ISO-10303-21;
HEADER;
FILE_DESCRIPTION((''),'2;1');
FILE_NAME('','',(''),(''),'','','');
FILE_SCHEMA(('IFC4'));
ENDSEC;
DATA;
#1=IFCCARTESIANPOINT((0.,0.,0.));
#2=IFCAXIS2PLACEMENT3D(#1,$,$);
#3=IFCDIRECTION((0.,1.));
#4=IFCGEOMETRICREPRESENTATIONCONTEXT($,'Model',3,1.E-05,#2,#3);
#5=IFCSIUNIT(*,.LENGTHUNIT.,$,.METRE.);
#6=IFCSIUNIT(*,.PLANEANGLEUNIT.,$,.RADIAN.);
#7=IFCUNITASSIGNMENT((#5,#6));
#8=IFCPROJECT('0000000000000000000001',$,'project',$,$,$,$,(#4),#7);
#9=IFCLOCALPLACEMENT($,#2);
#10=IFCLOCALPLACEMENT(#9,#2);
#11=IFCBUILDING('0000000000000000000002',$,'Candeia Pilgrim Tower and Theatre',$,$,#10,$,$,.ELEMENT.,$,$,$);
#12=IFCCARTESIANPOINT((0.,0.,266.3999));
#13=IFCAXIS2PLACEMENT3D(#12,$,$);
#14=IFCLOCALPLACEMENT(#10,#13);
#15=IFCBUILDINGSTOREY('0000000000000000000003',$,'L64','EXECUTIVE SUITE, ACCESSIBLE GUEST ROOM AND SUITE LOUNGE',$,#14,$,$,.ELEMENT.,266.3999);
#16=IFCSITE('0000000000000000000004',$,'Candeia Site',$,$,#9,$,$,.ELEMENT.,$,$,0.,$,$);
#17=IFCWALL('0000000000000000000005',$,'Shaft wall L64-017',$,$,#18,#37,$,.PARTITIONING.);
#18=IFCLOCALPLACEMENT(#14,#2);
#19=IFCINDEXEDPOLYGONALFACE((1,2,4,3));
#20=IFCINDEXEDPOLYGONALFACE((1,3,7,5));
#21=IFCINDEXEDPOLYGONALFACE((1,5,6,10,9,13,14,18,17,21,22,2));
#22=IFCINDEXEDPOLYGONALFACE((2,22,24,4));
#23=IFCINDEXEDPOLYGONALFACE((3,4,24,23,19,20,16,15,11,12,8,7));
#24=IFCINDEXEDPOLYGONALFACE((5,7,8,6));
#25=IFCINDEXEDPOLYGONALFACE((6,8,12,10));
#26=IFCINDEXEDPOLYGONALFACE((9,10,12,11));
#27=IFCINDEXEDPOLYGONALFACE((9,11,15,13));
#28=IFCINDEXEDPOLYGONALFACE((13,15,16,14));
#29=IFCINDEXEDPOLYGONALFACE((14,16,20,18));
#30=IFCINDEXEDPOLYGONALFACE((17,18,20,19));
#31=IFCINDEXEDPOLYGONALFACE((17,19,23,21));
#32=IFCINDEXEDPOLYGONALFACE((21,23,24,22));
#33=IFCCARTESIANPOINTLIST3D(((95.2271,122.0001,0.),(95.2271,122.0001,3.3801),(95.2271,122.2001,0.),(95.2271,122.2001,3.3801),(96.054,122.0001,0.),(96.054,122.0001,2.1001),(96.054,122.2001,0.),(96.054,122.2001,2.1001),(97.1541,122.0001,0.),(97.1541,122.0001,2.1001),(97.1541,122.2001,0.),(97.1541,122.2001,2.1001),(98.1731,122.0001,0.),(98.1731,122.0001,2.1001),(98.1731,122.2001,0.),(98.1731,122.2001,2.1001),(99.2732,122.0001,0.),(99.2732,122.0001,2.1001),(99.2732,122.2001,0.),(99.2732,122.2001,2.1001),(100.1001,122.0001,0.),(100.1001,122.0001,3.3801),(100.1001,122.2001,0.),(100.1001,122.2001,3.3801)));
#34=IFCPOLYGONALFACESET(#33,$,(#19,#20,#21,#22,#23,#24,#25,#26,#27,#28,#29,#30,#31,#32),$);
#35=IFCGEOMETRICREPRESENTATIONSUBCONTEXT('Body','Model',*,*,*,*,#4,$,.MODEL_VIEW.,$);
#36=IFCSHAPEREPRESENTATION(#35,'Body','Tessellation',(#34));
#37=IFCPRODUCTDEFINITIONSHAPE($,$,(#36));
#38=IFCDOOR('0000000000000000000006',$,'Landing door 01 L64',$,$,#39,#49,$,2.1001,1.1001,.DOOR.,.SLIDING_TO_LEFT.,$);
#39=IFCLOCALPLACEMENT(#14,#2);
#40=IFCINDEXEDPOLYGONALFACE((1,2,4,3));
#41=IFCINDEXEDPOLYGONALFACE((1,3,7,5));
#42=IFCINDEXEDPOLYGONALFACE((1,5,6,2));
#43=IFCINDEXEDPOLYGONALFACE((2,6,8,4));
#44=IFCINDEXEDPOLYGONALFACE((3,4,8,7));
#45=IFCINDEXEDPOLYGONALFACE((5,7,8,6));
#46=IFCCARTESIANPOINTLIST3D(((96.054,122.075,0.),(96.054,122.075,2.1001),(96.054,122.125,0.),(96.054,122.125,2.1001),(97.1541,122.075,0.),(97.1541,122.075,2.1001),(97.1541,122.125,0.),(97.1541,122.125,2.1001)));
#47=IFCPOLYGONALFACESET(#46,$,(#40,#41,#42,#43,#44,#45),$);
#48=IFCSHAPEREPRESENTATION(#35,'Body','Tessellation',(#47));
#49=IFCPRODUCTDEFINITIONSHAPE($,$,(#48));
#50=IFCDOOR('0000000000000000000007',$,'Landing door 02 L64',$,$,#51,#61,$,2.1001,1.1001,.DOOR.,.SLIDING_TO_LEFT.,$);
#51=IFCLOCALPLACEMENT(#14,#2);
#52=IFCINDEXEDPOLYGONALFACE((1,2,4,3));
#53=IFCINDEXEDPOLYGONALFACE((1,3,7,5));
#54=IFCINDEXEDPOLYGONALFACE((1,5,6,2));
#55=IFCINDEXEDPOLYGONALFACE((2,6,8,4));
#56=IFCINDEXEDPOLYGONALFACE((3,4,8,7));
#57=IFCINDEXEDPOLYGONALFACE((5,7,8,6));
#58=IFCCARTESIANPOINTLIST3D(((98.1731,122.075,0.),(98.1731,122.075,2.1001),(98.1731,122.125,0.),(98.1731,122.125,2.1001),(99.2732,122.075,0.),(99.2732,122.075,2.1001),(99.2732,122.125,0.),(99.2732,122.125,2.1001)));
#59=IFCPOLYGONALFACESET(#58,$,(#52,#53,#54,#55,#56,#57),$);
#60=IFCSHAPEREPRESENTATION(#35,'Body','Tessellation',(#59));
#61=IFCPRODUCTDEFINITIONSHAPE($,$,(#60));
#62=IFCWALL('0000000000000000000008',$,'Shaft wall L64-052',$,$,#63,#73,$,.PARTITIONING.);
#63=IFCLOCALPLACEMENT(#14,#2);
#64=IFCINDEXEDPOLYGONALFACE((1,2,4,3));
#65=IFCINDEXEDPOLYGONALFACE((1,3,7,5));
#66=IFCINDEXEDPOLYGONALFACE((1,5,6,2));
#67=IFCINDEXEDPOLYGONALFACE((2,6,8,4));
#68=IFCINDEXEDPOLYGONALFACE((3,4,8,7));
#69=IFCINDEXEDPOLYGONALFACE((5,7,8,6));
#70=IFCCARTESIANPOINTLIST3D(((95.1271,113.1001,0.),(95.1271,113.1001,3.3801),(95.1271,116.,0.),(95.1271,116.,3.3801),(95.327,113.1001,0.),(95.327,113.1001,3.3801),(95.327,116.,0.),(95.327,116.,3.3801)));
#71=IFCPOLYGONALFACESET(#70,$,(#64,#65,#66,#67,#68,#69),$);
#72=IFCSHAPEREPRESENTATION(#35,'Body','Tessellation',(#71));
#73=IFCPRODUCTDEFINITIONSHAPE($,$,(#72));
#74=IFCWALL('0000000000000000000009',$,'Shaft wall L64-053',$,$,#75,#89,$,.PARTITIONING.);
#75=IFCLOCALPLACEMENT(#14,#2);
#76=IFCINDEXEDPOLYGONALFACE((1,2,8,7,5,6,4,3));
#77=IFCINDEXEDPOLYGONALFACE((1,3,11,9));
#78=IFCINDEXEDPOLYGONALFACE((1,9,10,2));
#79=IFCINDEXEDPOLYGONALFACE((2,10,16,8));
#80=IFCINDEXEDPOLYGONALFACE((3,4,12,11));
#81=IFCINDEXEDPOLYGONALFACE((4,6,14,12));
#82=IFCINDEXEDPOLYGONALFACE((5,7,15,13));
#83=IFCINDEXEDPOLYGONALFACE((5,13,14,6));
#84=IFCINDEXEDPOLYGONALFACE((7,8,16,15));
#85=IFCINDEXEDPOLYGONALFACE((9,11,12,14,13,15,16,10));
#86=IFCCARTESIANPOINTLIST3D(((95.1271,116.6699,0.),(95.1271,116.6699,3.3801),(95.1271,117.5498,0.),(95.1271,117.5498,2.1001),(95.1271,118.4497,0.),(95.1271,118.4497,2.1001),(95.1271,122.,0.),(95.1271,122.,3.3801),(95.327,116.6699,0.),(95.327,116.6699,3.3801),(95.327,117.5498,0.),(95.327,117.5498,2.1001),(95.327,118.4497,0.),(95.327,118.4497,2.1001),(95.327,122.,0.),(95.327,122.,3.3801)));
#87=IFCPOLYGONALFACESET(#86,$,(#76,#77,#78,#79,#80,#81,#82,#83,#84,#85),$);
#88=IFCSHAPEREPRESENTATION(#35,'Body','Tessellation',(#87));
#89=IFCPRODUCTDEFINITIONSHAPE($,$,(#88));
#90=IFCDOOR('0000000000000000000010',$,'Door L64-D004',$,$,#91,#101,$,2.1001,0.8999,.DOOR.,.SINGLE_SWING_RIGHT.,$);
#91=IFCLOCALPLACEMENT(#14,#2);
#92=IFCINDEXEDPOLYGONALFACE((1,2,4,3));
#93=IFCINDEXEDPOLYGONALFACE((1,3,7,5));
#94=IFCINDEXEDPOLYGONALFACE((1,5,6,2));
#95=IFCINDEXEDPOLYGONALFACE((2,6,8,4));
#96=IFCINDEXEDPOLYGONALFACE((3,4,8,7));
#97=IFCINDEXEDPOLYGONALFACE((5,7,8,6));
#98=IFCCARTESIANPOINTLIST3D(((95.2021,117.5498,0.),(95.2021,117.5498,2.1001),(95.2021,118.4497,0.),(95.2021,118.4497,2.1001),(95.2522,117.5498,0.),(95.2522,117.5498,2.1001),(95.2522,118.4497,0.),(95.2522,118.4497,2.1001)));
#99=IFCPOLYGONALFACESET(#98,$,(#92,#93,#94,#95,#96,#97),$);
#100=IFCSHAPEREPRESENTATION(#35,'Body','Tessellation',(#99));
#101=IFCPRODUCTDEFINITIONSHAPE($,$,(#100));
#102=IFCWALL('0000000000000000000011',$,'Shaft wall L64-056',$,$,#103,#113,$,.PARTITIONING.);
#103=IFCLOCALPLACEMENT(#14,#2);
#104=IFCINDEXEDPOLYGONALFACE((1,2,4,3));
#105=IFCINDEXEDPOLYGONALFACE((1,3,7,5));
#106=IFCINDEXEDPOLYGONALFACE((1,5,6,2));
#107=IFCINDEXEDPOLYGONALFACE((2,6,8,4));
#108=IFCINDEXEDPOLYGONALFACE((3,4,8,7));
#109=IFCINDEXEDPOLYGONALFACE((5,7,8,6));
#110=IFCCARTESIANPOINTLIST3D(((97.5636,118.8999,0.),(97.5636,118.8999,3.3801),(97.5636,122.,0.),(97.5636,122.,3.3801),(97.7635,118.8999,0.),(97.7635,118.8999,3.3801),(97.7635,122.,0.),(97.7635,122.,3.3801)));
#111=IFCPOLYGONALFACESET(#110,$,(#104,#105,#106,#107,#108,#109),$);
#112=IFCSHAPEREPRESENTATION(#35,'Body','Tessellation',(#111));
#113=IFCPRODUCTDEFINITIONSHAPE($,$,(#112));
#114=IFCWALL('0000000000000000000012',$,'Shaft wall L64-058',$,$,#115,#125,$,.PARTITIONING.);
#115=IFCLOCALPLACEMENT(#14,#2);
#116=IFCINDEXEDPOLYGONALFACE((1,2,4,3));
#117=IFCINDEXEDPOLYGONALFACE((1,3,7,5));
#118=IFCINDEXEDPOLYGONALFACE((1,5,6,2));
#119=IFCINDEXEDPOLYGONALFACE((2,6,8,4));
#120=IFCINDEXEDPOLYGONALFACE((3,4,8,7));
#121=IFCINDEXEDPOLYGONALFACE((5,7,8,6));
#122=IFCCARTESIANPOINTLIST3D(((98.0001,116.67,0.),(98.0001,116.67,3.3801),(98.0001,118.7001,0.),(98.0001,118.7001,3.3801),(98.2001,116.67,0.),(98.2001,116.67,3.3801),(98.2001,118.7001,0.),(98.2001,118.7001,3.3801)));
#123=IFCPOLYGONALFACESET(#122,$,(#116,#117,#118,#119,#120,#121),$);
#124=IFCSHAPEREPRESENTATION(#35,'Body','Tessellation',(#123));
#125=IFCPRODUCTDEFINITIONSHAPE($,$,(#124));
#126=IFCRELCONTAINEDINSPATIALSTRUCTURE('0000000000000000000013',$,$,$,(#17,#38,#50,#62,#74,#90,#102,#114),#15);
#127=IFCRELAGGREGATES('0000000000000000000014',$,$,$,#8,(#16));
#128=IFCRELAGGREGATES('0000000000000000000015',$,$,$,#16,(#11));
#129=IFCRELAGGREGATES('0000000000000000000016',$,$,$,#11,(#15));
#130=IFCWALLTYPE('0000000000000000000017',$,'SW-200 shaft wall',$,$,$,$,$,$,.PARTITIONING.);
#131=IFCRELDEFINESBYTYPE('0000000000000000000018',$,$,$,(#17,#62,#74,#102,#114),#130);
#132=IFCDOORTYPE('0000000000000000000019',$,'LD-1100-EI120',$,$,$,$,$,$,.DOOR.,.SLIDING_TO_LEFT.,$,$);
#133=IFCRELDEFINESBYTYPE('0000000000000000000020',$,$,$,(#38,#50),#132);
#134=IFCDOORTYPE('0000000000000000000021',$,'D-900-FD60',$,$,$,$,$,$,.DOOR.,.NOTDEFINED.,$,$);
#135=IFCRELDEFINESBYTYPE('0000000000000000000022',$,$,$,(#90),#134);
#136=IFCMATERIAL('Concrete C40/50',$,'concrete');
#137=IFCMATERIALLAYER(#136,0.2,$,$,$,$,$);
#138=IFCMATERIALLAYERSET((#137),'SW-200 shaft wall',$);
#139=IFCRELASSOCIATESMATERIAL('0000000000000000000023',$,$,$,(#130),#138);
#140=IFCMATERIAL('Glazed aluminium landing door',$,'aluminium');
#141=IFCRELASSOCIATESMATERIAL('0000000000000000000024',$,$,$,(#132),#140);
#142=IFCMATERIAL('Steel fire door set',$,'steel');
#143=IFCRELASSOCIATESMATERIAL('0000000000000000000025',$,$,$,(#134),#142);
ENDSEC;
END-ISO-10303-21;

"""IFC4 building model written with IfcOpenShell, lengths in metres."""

from ifc_helpers import new_model, si_unit, direction, frame, frame_2d, origin, place, context, subcontext, project, spatial, rectangle, extrude, material, layer, layer_set, type_object, element, fill, save


model = new_model("IFC4")

# Units and contexts
model_context = context("Model", 3, precision=1e-05, world=origin(), true_north=direction((0.0, 1.0)))
body_context = subcontext(model_context, "Body", "Model", "MODEL_VIEW")
ifc_project = project(units=[si_unit("LENGTHUNIT", "METRE"), si_unit("PLANEANGLEUNIT", "RADIAN")], contexts=[model_context])

# Site, building, storey
site_placement = place(None, origin())
site = spatial("IfcSite", under=ifc_project, at=site_placement, Name="Candeia Site", CompositionType="ELEMENT", RefElevation=0.0)
building_placement = place(site_placement, origin())
building = spatial("IfcBuilding", under=site, at=building_placement, Name="Candeia Pilgrim Tower and Theatre", CompositionType="ELEMENT")
storey_placement = place(building_placement, frame((0.0, 0.0, 266.3999)))
storey = spatial("IfcBuildingStorey", under=building, at=storey_placement, Name="L64", Description="EXECUTIVE SUITE, ACCESSIBLE GUEST ROOM AND SUITE LOUNGE", CompositionType="ELEMENT", Elevation=266.3999)

# Shared definitions
ifc_material_1 = material(Name="Concrete C40/50", Category="concrete")

# Shared definitions
ifc_material_2 = material(Name="Steel fire door set", Category="steel")

# Shared definitions
ifc_layer_1 = layer(ifc_material_1, 0.2)
ifc_layer_set_1 = layer_set([ifc_layer_1], Name="SW-200 shaft wall")
wall_type_1 = type_object("IfcWallType", Name="SW-200 shaft wall", PredefinedType="PARTITIONING", material=ifc_layer_set_1)

# Wall, openings, doors
wall_1_placement = place(storey_placement, frame((95.2271, 122.1001, 0.0), z_axis=(0.0, 0.0, 1.0), x_axis=(1.0, 0.0, 0.0)))
wall_1 = element("IfcWall", 1, at=wall_1_placement, inside=storey, type_object=wall_type_1, Name="Shaft wall L64-017", PredefinedType="PARTITIONING", context=body_context, shape_type="SweptSolid", body=[
    extrude(rectangle(XDim=4.873, YDim=0.2, at=frame_2d((2.4365, 0.0))), origin(), (0.0, 0.0, 1.0), 3.3801),
])
opening_1_placement = place(wall_1_placement, frame((0.8269, 0.0, 0.0)))
opening_1 = element("IfcOpeningElement", 2, at=opening_1_placement, cuts=wall_1, PredefinedType="OPENING", context=body_context, shape_type="SweptSolid", body=[
    extrude(rectangle(XDim=1.1001, YDim=2.1001, at=frame_2d((0.55, 1.05))), frame((0.0, 0.1099, 0.0), z_axis=(0.0, -1.0, 0.0), x_axis=(1.0, 0.0, 0.0)), (0.0, 0.0, 1.0), 0.22),
])
opening_2_placement = place(wall_1_placement, frame((2.946, 0.0, 0.0)))
opening_2 = element("IfcOpeningElement", 3, at=opening_2_placement, cuts=wall_1, PredefinedType="OPENING", context=body_context, shape_type="SweptSolid", body=[
    extrude(rectangle(XDim=1.1001, YDim=2.1001, at=frame_2d((0.55, 1.05))), frame((0.0, 0.1099, 0.0), z_axis=(0.0, -1.0, 0.0), x_axis=(1.0, 0.0, 0.0)), (0.0, 0.0, 1.0), 0.22),
])
ifc_material_3 = material(Name="Glazed aluminium landing door", Category="aluminium")
door_type_1 = type_object("IfcDoorType", Name="LD-1100-EI120", OperationType="SLIDING_TO_LEFT", PredefinedType="DOOR", material=ifc_material_3)
door_1_placement = place(opening_1_placement, origin())
door_1 = element("IfcDoor", 4, at=door_1_placement, inside=storey, type_object=door_type_1, Name="Landing door 01 L64", OperationType="SLIDING_TO_LEFT", OverallHeight=2.1001, OverallWidth=1.1001, PredefinedType="DOOR", context=body_context, shape_type="SweptSolid", body=[
    extrude(rectangle(XDim=1.1001, YDim=2.1001, at=frame_2d((0.55, 1.05))), frame((0.0, 0.0249, 0.0), z_axis=(0.0, -1.0, 0.0), x_axis=(1.0, 0.0, 0.0)), (0.0, 0.0, 1.0), 0.05),
])
fill(opening_1, door_1)
door_2_placement = place(opening_2_placement, origin())
door_2 = element("IfcDoor", 5, at=door_2_placement, inside=storey, type_object=door_type_1, Name="Landing door 02 L64", OperationType="SLIDING_TO_LEFT", OverallHeight=2.1001, OverallWidth=1.1001, PredefinedType="DOOR", context=body_context, shape_type="SweptSolid", body=[
    extrude(rectangle(XDim=1.1001, YDim=2.1001, at=frame_2d((0.55, 1.05))), frame((0.0, 0.0249, 0.0), z_axis=(0.0, -1.0, 0.0), x_axis=(1.0, 0.0, 0.0)), (0.0, 0.0, 1.0), 0.05),
])
fill(opening_2, door_2)

# Wall
wall_2_placement = place(storey_placement, frame((95.2271, 113.1001, 0.0), z_axis=(0.0, 0.0, 1.0), x_axis=(0.0, 1.0, 0.0)))
element("IfcWall", 6, at=wall_2_placement, inside=storey, type_object=wall_type_1, Name="Shaft wall L64-052", PredefinedType="PARTITIONING", context=body_context, shape_type="SweptSolid", body=[
    extrude(rectangle(XDim=2.8999, YDim=0.2, at=frame_2d((1.45, 0.0))), origin(), (0.0, 0.0, 1.0), 3.3801),
])

# Wall, opening, door
wall_3_placement = place(storey_placement, frame((95.2271, 116.6699, 0.0), z_axis=(0.0, 0.0, 1.0), x_axis=(0.0, 1.0, 0.0)))
wall_3 = element("IfcWall", 7, at=wall_3_placement, inside=storey, type_object=wall_type_1, Name="Shaft wall L64-053", PredefinedType="PARTITIONING", context=body_context, shape_type="SweptSolid", body=[
    extrude(rectangle(XDim=5.3301, YDim=0.2, at=frame_2d((2.665, 0.0))), origin(), (0.0, 0.0, 1.0), 3.3801),
])
opening_3_placement = place(wall_3_placement, frame((0.8799, 0.0, 0.0)))
opening_3 = element("IfcOpeningElement", 8, at=opening_3_placement, cuts=wall_3, PredefinedType="OPENING", context=body_context, shape_type="SweptSolid", body=[
    extrude(rectangle(XDim=0.8999, YDim=2.1001, at=frame_2d((0.45, 1.05))), frame((0.0, 0.1099, 0.0), z_axis=(0.0, -1.0, 0.0), x_axis=(1.0, 0.0, 0.0)), (0.0, 0.0, 1.0), 0.22),
])
door_type_2 = type_object("IfcDoorType", Name="D-900-FD60", OperationType="NOTDEFINED", PredefinedType="DOOR", material=ifc_material_2)
door_3_placement = place(opening_3_placement, origin())
door_3 = element("IfcDoor", 9, at=door_3_placement, inside=storey, type_object=door_type_2, Name="Door L64-D004", OperationType="SINGLE_SWING_RIGHT", OverallHeight=2.1001, OverallWidth=0.8999, PredefinedType="DOOR", context=body_context, shape_type="SweptSolid", body=[
    extrude(rectangle(XDim=0.8999, YDim=2.1001, at=frame_2d((0.45, 1.05))), frame((0.0, 0.0249, 0.0), z_axis=(0.0, -1.0, 0.0), x_axis=(1.0, 0.0, 0.0)), (0.0, 0.0, 1.0), 0.05),
])
fill(opening_3, door_3)

# Walls
wall_4_placement = place(storey_placement, frame((97.6636, 118.8999, 0.0), z_axis=(0.0, 0.0, 1.0), x_axis=(0.0, 1.0, 0.0)))
element("IfcWall", 10, at=wall_4_placement, inside=storey, type_object=wall_type_1, Name="Shaft wall L64-056", PredefinedType="PARTITIONING", context=body_context, shape_type="SweptSolid", body=[
    extrude(rectangle(XDim=3.1001, YDim=0.2, at=frame_2d((1.55, 0.0))), origin(), (0.0, 0.0, 1.0), 3.3801),
])
wall_5_placement = place(storey_placement, frame((98.1001, 116.6699, 0.0), z_axis=(0.0, 0.0, 1.0), x_axis=(0.0, 1.0, 0.0)))
element("IfcWall", 11, at=wall_5_placement, inside=storey, type_object=wall_type_1, Name="Shaft wall L64-058", PredefinedType="PARTITIONING", context=body_context, shape_type="SweptSolid", body=[
    extrude(rectangle(XDim=2.03, YDim=0.2, at=frame_2d((1.0151, 0.0))), origin(), (0.0, 0.0, 1.0), 3.3801),
])

save(model, "model.ifc")
